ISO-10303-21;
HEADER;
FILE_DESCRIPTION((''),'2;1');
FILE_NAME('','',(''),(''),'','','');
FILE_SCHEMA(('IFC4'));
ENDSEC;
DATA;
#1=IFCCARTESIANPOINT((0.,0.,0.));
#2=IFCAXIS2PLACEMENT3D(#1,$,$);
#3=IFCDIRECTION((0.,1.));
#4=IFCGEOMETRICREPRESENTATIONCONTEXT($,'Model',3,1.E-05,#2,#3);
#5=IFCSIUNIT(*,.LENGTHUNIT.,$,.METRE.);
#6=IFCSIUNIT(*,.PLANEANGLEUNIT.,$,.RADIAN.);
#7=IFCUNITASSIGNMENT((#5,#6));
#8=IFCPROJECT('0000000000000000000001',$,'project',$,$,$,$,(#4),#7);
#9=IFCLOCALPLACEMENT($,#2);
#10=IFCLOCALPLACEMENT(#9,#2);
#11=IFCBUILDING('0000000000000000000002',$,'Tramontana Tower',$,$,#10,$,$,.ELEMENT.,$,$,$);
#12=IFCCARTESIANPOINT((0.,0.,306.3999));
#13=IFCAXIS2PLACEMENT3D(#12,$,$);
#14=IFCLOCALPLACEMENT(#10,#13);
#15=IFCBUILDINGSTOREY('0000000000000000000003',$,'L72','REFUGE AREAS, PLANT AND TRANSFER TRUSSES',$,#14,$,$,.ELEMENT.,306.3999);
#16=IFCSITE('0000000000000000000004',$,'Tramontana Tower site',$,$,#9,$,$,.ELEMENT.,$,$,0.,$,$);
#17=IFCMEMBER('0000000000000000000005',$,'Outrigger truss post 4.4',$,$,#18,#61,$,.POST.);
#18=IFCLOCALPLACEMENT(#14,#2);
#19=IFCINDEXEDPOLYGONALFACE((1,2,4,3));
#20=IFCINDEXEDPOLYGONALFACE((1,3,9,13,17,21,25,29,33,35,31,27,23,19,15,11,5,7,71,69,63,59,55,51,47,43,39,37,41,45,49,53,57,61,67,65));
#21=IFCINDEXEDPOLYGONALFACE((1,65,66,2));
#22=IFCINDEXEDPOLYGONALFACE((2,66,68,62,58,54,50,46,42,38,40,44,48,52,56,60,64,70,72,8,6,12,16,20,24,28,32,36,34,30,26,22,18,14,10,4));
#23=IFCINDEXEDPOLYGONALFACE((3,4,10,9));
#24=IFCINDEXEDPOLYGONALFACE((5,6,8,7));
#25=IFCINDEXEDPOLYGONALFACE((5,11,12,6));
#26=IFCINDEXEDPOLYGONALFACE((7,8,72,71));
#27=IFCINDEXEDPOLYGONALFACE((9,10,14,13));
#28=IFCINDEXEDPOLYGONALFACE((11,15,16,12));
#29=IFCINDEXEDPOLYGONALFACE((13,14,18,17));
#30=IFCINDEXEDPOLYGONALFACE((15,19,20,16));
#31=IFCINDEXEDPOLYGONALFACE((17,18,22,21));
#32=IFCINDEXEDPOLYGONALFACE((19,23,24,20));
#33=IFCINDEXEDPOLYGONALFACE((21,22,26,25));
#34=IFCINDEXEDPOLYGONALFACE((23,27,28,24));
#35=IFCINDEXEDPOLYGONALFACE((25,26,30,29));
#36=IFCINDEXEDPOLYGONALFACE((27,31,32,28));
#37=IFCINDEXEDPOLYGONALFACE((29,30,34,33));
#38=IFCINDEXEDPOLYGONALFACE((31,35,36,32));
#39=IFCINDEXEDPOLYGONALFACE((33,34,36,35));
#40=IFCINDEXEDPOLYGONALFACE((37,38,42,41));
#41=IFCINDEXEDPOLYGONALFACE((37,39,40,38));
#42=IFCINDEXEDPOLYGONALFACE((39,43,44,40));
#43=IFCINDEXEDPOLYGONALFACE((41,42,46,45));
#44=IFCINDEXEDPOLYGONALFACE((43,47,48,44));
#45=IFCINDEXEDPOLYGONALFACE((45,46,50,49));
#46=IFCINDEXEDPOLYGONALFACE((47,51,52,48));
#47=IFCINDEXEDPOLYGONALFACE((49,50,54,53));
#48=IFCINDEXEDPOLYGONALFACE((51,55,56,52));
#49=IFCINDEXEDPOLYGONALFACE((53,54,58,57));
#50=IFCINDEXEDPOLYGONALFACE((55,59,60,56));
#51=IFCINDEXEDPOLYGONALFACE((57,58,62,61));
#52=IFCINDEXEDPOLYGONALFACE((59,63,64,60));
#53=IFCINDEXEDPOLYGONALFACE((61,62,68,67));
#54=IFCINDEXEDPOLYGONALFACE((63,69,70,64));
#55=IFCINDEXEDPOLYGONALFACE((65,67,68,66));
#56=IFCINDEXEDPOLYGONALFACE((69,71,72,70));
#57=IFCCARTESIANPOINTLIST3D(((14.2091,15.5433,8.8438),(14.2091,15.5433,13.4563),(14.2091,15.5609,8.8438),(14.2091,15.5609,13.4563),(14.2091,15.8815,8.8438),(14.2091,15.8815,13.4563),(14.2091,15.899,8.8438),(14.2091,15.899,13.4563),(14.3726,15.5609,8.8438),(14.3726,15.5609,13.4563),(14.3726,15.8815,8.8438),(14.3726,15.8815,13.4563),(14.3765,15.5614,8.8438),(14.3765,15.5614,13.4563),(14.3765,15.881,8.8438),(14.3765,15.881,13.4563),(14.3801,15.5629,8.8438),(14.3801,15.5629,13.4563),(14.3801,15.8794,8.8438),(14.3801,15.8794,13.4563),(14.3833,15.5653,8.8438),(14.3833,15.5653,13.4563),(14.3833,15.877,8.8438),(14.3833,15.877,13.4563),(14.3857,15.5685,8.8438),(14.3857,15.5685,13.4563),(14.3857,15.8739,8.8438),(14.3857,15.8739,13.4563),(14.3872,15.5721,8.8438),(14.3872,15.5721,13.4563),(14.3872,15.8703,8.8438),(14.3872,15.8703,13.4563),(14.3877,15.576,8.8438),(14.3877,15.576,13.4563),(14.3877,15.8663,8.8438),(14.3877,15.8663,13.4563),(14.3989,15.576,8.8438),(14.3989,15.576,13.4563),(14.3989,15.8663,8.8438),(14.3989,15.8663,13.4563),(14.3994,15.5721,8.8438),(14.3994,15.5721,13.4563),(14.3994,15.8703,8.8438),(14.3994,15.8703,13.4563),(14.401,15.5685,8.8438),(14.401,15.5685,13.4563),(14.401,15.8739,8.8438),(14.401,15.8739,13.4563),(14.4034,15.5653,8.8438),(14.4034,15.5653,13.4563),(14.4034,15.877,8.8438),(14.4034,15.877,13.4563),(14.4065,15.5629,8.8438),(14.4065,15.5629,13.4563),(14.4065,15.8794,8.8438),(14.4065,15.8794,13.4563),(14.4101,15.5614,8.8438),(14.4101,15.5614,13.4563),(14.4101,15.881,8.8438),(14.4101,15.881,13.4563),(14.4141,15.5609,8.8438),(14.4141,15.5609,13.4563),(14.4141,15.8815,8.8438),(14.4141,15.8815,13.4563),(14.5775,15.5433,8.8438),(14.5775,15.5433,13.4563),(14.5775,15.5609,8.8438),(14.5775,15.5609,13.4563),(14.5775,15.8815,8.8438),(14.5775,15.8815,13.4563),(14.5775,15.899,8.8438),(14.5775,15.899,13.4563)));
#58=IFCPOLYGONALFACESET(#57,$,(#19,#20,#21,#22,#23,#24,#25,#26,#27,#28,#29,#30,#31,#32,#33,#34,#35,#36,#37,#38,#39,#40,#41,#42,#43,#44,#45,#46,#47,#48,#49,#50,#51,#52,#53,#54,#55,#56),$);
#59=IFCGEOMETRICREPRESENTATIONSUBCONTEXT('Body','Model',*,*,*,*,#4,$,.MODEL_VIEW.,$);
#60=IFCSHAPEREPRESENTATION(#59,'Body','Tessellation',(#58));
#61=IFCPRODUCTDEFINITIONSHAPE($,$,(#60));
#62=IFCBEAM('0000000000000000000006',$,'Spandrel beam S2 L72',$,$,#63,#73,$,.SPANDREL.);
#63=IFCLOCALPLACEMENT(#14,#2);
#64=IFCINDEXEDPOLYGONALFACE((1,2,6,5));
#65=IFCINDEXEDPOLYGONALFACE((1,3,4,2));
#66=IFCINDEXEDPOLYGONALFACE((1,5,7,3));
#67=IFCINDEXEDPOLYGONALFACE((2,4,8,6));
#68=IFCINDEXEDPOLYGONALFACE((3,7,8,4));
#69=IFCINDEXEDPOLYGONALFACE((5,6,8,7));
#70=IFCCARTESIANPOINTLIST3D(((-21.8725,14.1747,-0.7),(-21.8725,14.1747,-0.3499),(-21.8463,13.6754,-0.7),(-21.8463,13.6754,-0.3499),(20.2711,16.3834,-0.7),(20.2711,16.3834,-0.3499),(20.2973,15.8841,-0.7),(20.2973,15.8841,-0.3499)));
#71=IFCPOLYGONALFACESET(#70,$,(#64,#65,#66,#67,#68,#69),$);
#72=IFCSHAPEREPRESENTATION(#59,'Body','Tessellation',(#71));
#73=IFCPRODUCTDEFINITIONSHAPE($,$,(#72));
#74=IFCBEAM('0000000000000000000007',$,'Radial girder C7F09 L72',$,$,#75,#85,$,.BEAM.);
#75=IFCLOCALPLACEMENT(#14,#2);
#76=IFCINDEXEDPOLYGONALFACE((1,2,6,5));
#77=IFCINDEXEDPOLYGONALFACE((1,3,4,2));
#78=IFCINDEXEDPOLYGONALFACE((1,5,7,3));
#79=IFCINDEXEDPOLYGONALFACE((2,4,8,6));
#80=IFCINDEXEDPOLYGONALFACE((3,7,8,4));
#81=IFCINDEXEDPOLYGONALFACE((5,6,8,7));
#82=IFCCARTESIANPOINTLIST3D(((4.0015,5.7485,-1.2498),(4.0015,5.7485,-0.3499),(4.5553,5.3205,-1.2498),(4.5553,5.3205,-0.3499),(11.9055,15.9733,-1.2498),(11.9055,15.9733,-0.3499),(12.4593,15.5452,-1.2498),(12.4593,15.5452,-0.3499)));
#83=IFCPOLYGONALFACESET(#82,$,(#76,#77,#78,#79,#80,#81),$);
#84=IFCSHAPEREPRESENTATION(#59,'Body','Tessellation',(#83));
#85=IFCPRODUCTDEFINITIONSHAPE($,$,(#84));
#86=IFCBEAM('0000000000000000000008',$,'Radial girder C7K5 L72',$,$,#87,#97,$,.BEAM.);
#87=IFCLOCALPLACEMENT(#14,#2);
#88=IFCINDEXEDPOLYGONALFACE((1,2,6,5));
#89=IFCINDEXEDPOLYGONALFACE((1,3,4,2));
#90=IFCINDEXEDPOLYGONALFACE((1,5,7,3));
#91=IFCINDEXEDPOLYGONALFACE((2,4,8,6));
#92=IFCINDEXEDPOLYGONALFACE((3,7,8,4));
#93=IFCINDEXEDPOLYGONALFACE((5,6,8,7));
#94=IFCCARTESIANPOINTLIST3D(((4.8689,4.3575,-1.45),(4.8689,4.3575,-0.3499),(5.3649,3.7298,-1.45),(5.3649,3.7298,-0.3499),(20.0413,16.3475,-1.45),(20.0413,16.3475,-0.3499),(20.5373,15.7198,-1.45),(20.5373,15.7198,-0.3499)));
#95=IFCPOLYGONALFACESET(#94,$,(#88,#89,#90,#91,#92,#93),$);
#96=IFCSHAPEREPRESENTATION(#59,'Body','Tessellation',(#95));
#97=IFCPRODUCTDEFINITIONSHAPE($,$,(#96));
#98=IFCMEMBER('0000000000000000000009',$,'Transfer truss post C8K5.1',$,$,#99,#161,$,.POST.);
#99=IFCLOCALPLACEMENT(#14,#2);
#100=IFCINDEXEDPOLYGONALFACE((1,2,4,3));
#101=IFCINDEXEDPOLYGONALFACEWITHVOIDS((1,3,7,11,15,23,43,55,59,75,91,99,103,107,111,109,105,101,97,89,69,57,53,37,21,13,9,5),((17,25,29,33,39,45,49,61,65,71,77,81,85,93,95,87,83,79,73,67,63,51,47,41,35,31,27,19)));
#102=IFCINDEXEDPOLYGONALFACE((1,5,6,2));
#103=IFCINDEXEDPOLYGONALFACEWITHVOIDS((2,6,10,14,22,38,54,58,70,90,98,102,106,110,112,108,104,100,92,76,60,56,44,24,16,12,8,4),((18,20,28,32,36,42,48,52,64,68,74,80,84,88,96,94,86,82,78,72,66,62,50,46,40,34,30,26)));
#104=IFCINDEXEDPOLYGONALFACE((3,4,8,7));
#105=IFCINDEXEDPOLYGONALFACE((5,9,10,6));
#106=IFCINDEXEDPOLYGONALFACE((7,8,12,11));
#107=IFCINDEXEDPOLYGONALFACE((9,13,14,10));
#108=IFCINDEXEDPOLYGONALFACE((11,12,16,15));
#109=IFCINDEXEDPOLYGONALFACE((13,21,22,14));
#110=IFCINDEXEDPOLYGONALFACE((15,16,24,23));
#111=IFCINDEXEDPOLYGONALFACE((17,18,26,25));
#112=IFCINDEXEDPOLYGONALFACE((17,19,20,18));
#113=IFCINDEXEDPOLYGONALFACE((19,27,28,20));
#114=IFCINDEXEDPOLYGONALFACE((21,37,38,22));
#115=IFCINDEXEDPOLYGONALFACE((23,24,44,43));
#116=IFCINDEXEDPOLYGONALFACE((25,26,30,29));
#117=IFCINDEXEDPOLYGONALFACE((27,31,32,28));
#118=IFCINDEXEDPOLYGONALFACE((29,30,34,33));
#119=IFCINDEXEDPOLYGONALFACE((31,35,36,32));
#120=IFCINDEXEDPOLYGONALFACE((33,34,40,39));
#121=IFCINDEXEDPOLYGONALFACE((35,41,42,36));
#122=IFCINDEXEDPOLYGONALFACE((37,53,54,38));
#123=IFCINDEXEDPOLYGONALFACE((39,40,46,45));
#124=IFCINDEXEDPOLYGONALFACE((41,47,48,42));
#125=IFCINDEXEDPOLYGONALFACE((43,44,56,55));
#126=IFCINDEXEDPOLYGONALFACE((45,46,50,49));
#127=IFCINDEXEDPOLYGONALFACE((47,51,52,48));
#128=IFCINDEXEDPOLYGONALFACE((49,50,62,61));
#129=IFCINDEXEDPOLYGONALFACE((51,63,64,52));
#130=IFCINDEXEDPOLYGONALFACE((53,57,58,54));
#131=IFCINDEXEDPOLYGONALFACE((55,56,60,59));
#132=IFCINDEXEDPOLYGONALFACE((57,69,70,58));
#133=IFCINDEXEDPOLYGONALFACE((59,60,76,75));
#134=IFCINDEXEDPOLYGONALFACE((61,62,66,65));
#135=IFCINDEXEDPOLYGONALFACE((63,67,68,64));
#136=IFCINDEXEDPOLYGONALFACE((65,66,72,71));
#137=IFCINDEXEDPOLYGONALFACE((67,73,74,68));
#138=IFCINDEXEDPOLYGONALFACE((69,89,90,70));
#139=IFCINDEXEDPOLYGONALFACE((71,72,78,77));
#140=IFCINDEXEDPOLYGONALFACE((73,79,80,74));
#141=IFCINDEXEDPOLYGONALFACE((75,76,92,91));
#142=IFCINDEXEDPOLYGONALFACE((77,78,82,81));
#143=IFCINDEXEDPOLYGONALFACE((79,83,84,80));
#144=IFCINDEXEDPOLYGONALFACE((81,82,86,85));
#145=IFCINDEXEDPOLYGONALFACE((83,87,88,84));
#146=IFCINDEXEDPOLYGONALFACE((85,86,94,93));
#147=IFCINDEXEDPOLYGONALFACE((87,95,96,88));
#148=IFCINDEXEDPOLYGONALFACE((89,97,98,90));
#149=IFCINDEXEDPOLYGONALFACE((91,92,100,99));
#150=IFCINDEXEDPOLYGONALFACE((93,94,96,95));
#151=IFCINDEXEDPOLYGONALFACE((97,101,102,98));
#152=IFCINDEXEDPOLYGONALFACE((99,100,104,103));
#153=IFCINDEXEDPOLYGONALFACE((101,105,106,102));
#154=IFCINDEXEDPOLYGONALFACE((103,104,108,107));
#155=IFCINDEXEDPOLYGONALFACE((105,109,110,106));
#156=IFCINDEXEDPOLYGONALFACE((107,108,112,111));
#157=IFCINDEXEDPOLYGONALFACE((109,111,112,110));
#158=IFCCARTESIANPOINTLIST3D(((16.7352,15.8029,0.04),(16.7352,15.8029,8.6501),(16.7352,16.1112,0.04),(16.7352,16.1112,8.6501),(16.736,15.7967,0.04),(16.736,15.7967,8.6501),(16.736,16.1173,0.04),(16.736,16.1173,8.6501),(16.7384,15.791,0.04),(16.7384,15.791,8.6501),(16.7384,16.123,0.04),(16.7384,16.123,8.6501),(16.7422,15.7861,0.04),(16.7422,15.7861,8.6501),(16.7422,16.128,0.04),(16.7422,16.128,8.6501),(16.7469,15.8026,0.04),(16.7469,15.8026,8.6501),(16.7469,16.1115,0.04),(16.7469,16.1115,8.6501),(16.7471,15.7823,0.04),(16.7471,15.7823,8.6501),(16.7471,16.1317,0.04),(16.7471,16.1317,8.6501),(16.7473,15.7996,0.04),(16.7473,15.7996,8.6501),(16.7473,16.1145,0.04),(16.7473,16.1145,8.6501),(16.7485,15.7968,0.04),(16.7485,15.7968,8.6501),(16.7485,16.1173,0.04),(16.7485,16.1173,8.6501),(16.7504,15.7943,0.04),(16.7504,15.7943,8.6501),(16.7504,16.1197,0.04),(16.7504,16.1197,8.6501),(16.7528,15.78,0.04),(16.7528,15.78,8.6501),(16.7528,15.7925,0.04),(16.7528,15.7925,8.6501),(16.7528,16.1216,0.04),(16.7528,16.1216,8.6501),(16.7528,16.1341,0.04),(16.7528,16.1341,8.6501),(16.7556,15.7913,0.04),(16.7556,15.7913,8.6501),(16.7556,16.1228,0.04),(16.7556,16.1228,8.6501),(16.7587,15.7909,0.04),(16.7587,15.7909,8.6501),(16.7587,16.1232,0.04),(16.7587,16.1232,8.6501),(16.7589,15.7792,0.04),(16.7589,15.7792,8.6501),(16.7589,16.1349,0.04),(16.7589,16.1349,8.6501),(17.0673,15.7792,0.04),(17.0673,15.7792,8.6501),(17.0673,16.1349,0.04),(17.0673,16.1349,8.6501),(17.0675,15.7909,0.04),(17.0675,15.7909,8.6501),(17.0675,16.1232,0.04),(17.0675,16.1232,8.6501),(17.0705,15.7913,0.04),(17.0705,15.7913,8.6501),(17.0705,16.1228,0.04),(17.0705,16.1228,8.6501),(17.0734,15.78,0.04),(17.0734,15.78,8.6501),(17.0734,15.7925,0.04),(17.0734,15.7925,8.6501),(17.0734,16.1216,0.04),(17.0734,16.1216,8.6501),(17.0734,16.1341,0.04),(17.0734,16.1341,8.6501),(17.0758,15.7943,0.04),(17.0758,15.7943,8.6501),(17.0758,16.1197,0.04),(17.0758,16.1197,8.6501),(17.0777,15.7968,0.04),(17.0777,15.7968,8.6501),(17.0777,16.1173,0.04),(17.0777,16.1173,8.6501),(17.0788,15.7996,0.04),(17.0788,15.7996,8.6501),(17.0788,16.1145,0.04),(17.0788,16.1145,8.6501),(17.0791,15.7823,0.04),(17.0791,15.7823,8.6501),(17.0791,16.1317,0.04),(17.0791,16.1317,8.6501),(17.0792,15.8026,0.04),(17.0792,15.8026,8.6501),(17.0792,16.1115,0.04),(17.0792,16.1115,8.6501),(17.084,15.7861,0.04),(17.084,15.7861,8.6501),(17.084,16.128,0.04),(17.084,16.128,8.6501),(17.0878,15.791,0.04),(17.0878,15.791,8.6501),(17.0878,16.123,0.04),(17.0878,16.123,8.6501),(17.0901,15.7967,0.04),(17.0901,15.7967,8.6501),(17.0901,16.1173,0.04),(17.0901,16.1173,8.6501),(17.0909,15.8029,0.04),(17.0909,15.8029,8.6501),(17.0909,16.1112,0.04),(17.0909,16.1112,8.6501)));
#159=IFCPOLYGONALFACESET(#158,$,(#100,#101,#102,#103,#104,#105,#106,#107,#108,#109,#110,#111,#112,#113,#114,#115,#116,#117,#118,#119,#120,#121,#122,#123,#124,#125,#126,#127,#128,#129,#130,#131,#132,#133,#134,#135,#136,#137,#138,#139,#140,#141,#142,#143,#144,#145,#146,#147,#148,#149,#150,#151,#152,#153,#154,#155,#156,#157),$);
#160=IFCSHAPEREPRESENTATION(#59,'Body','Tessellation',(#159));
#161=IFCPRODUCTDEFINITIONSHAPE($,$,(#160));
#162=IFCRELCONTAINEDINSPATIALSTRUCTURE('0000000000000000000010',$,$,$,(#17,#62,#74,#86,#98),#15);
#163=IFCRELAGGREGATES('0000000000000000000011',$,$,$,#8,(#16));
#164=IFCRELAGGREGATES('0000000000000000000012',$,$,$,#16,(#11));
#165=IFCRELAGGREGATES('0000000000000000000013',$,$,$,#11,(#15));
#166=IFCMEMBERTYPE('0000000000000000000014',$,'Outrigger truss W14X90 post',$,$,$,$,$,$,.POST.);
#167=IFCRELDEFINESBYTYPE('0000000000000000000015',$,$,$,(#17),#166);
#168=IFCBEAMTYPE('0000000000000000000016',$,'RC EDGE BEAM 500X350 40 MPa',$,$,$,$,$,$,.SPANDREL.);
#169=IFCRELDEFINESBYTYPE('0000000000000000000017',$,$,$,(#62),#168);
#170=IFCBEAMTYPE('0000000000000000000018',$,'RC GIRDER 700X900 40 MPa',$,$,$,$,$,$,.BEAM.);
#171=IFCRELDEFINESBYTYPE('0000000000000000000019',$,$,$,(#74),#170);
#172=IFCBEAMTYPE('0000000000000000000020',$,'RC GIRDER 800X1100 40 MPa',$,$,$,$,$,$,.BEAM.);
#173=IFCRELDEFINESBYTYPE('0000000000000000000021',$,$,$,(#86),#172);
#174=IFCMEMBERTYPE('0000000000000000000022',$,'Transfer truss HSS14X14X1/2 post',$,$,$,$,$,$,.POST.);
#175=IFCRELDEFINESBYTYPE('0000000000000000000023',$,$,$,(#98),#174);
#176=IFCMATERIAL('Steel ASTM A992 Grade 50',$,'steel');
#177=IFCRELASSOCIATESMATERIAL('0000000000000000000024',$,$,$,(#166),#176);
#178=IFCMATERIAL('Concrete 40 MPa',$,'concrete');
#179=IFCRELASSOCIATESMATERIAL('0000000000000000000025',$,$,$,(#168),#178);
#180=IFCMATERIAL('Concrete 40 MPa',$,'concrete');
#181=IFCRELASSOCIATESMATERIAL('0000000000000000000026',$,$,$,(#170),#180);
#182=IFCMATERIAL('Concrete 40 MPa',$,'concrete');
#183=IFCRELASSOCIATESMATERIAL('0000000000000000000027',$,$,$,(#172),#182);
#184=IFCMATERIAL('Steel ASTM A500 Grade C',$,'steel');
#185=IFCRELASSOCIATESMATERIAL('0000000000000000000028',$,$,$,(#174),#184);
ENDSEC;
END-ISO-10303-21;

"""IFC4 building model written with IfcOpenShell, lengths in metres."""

from ifc_helpers import new_model, si_unit, direction, frame, origin, origin_2d, place, context, subcontext, project, spatial, rectangle, hollow_rectangle, i_section, extrude, material, material_profile, profile_set, type_object, element, save


model = new_model("IFC4")

# Units and contexts
model_context = context("Model", 3, precision=1e-05, world=origin(), true_north=direction((0.0, 1.0)))
body_context = subcontext(model_context, "Body", "Model", "MODEL_VIEW")
ifc_project = project(units=[si_unit("LENGTHUNIT", "METRE"), si_unit("PLANEANGLEUNIT", "RADIAN")], contexts=[model_context])

# Site, building, storey
site_placement = place(None, origin())
site = spatial("IfcSite", under=ifc_project, at=site_placement, Name="Tramontana Tower site", CompositionType="ELEMENT", RefElevation=0.0)
building_placement = place(site_placement, origin())
building = spatial("IfcBuilding", under=site, at=building_placement, Name="Tramontana Tower", CompositionType="ELEMENT")
storey_placement = place(building_placement, frame((0.0, 0.0, 306.3999)))
storey = spatial("IfcBuildingStorey", under=building, at=storey_placement, Name="L72", Description="REFUGE AREAS, PLANT AND TRANSFER TRUSSES", CompositionType="ELEMENT", Elevation=306.3999)

# Member
ifc_material_1 = material(Name="Steel ASTM A992 Grade 50", Category="steel")
ifc_material_profile_1 = material_profile(ifc_material_1, i_section(OverallWidth=0.3684, OverallDepth=0.3557, WebThickness=0.0112, FlangeThickness=0.0176, FilletRadius=0.0151, at=origin_2d()), Name="W14X90")
ifc_profile_set_1 = profile_set([ifc_material_profile_1], Name="Steel ASTM A992 Grade 50")
member_type_1 = type_object("IfcMemberType", Name="Outrigger truss W14X90 post", PredefinedType="POST", material=ifc_profile_set_1)
for number, where, z_axis, x_axis, name in (
    (1, (14.3933, 15.7212, 8.8438), (0.0, 0.0, 1.0), (1.0, 0.0, 0.0), "Outrigger truss post 4.4"),
):
    element("IfcMember", number, at=place(storey_placement, frame(where, z_axis=z_axis, x_axis=x_axis)), inside=storey, type_object=member_type_1, Name=name, PredefinedType="POST", context=body_context, shape_type="SweptSolid", body=[
        extrude(i_section(OverallWidth=0.3684, OverallDepth=0.3557, WebThickness=0.0112, FlangeThickness=0.0176, FilletRadius=0.0151, at=origin_2d()), origin(), (0.0, 0.0, 1.0), 4.6125),
    ])

# Beams
ifc_material_2 = material(Name="Concrete 40 MPa", Category="concrete")
ifc_material_profile_2 = material_profile(ifc_material_2, rectangle(XDim=0.5, YDim=0.3501, at=origin_2d()), Name="RC EDGE BEAM 500X350 40 MPa")
ifc_profile_set_2 = profile_set([ifc_material_profile_2], Name="Concrete 40 MPa")
beam_type_1 = type_object("IfcBeamType", Name="RC EDGE BEAM 500X350 40 MPa", PredefinedType="SPANDREL", material=ifc_profile_set_2)
beam_1_placement = place(storey_placement, frame((20.2842, 16.1338, -0.5249), z_axis=(-0.998629, -0.052338, 0.0), x_axis=(0.052338, -0.998629, 0.0)))
element("IfcBeam", 2, at=beam_1_placement, inside=storey, type_object=beam_type_1, Name="Spandrel beam S2 L72", PredefinedType="SPANDREL", context=body_context, shape_type="SweptSolid", body=[
    extrude(rectangle(XDim=0.5, YDim=0.3501, at=origin_2d()), origin(), (0.0, 0.0, 1.0), 42.2014),
])
ifc_material_3 = material(Name="Concrete 40 MPa", Category="concrete")
ifc_material_profile_3 = material_profile(ifc_material_3, rectangle(XDim=0.7, YDim=0.8999, at=origin_2d()), Name="RC GIRDER 700X900 40 MPa")
ifc_profile_set_3 = profile_set([ifc_material_profile_3], Name="Concrete 40 MPa")
beam_type_2 = type_object("IfcBeamType", Name="RC GIRDER 700X900 40 MPa", PredefinedType="BEAM", material=ifc_profile_set_3)
beam_2_placement = place(storey_placement, frame((12.1824, 15.7593, -0.7998), z_axis=(-0.611594, -0.791172, 0.0), x_axis=(0.791172, -0.611594, 0.0)))
element("IfcBeam", 3, at=beam_2_placement, inside=storey, type_object=beam_type_2, Name="Radial girder C7F09 L72", PredefinedType="BEAM", context=body_context, shape_type="SweptSolid", body=[
    extrude(rectangle(XDim=0.7, YDim=0.8999, at=origin_2d()), origin(), (0.0, 0.0, 1.0), 12.9236),
])
ifc_material_4 = material(Name="Concrete 40 MPa", Category="concrete")
ifc_material_profile_4 = material_profile(ifc_material_4, rectangle(XDim=0.8, YDim=1.1001, at=origin_2d()), Name="RC GIRDER 800X1100 40 MPa")
ifc_profile_set_4 = profile_set([ifc_material_profile_4], Name="Concrete 40 MPa")
beam_type_3 = type_object("IfcBeamType", Name="RC GIRDER 800X1100 40 MPa", PredefinedType="BEAM", material=ifc_profile_set_4)
beam_3_placement = place(storey_placement, frame((20.2893, 16.0337, -0.8999), z_axis=(-0.784586, -0.62002, 0.0), x_axis=(0.62002, -0.784586, 0.0)))
element("IfcBeam", 4, at=beam_3_placement, inside=storey, type_object=beam_type_3, Name="Radial girder C7K5 L72", PredefinedType="BEAM", context=body_context, shape_type="SweptSolid", body=[
    extrude(rectangle(XDim=0.8, YDim=1.1001, at=origin_2d()), origin(), (0.0, 0.0, 1.0), 19.3381),
])

# Member
ifc_material_5 = material(Name="Steel ASTM A500 Grade C", Category="steel")
ifc_material_profile_5 = material_profile(ifc_material_5, hollow_rectangle(XDim=0.3557, YDim=0.3557, WallThickness=0.0117, InnerFilletRadius=0.0117, OuterFilletRadius=0.0237, at=origin_2d()), Name="HSS14X14X1/2")
ifc_profile_set_5 = profile_set([ifc_material_profile_5], Name="Steel ASTM A500 Grade C")
member_type_2 = type_object("IfcMemberType", Name="Transfer truss HSS14X14X1/2 post", PredefinedType="POST", material=ifc_profile_set_5)
member_1_placement = place(storey_placement, frame((16.9131, 15.957, 0.04), z_axis=(0.0, 0.0, 1.0), x_axis=(1.0, 0.0, 0.0)))
element("IfcMember", 5, at=member_1_placement, inside=storey, type_object=member_type_2, Name="Transfer truss post C8K5.1", PredefinedType="POST", context=body_context, shape_type="SweptSolid", body=[
    extrude(hollow_rectangle(XDim=0.3557, YDim=0.3557, WallThickness=0.0117, InnerFilletRadius=0.0117, OuterFilletRadius=0.0237, at=origin_2d()), origin(), (0.0, 0.0, 1.0), 8.6101),
])

save(model, "model.ifc")
